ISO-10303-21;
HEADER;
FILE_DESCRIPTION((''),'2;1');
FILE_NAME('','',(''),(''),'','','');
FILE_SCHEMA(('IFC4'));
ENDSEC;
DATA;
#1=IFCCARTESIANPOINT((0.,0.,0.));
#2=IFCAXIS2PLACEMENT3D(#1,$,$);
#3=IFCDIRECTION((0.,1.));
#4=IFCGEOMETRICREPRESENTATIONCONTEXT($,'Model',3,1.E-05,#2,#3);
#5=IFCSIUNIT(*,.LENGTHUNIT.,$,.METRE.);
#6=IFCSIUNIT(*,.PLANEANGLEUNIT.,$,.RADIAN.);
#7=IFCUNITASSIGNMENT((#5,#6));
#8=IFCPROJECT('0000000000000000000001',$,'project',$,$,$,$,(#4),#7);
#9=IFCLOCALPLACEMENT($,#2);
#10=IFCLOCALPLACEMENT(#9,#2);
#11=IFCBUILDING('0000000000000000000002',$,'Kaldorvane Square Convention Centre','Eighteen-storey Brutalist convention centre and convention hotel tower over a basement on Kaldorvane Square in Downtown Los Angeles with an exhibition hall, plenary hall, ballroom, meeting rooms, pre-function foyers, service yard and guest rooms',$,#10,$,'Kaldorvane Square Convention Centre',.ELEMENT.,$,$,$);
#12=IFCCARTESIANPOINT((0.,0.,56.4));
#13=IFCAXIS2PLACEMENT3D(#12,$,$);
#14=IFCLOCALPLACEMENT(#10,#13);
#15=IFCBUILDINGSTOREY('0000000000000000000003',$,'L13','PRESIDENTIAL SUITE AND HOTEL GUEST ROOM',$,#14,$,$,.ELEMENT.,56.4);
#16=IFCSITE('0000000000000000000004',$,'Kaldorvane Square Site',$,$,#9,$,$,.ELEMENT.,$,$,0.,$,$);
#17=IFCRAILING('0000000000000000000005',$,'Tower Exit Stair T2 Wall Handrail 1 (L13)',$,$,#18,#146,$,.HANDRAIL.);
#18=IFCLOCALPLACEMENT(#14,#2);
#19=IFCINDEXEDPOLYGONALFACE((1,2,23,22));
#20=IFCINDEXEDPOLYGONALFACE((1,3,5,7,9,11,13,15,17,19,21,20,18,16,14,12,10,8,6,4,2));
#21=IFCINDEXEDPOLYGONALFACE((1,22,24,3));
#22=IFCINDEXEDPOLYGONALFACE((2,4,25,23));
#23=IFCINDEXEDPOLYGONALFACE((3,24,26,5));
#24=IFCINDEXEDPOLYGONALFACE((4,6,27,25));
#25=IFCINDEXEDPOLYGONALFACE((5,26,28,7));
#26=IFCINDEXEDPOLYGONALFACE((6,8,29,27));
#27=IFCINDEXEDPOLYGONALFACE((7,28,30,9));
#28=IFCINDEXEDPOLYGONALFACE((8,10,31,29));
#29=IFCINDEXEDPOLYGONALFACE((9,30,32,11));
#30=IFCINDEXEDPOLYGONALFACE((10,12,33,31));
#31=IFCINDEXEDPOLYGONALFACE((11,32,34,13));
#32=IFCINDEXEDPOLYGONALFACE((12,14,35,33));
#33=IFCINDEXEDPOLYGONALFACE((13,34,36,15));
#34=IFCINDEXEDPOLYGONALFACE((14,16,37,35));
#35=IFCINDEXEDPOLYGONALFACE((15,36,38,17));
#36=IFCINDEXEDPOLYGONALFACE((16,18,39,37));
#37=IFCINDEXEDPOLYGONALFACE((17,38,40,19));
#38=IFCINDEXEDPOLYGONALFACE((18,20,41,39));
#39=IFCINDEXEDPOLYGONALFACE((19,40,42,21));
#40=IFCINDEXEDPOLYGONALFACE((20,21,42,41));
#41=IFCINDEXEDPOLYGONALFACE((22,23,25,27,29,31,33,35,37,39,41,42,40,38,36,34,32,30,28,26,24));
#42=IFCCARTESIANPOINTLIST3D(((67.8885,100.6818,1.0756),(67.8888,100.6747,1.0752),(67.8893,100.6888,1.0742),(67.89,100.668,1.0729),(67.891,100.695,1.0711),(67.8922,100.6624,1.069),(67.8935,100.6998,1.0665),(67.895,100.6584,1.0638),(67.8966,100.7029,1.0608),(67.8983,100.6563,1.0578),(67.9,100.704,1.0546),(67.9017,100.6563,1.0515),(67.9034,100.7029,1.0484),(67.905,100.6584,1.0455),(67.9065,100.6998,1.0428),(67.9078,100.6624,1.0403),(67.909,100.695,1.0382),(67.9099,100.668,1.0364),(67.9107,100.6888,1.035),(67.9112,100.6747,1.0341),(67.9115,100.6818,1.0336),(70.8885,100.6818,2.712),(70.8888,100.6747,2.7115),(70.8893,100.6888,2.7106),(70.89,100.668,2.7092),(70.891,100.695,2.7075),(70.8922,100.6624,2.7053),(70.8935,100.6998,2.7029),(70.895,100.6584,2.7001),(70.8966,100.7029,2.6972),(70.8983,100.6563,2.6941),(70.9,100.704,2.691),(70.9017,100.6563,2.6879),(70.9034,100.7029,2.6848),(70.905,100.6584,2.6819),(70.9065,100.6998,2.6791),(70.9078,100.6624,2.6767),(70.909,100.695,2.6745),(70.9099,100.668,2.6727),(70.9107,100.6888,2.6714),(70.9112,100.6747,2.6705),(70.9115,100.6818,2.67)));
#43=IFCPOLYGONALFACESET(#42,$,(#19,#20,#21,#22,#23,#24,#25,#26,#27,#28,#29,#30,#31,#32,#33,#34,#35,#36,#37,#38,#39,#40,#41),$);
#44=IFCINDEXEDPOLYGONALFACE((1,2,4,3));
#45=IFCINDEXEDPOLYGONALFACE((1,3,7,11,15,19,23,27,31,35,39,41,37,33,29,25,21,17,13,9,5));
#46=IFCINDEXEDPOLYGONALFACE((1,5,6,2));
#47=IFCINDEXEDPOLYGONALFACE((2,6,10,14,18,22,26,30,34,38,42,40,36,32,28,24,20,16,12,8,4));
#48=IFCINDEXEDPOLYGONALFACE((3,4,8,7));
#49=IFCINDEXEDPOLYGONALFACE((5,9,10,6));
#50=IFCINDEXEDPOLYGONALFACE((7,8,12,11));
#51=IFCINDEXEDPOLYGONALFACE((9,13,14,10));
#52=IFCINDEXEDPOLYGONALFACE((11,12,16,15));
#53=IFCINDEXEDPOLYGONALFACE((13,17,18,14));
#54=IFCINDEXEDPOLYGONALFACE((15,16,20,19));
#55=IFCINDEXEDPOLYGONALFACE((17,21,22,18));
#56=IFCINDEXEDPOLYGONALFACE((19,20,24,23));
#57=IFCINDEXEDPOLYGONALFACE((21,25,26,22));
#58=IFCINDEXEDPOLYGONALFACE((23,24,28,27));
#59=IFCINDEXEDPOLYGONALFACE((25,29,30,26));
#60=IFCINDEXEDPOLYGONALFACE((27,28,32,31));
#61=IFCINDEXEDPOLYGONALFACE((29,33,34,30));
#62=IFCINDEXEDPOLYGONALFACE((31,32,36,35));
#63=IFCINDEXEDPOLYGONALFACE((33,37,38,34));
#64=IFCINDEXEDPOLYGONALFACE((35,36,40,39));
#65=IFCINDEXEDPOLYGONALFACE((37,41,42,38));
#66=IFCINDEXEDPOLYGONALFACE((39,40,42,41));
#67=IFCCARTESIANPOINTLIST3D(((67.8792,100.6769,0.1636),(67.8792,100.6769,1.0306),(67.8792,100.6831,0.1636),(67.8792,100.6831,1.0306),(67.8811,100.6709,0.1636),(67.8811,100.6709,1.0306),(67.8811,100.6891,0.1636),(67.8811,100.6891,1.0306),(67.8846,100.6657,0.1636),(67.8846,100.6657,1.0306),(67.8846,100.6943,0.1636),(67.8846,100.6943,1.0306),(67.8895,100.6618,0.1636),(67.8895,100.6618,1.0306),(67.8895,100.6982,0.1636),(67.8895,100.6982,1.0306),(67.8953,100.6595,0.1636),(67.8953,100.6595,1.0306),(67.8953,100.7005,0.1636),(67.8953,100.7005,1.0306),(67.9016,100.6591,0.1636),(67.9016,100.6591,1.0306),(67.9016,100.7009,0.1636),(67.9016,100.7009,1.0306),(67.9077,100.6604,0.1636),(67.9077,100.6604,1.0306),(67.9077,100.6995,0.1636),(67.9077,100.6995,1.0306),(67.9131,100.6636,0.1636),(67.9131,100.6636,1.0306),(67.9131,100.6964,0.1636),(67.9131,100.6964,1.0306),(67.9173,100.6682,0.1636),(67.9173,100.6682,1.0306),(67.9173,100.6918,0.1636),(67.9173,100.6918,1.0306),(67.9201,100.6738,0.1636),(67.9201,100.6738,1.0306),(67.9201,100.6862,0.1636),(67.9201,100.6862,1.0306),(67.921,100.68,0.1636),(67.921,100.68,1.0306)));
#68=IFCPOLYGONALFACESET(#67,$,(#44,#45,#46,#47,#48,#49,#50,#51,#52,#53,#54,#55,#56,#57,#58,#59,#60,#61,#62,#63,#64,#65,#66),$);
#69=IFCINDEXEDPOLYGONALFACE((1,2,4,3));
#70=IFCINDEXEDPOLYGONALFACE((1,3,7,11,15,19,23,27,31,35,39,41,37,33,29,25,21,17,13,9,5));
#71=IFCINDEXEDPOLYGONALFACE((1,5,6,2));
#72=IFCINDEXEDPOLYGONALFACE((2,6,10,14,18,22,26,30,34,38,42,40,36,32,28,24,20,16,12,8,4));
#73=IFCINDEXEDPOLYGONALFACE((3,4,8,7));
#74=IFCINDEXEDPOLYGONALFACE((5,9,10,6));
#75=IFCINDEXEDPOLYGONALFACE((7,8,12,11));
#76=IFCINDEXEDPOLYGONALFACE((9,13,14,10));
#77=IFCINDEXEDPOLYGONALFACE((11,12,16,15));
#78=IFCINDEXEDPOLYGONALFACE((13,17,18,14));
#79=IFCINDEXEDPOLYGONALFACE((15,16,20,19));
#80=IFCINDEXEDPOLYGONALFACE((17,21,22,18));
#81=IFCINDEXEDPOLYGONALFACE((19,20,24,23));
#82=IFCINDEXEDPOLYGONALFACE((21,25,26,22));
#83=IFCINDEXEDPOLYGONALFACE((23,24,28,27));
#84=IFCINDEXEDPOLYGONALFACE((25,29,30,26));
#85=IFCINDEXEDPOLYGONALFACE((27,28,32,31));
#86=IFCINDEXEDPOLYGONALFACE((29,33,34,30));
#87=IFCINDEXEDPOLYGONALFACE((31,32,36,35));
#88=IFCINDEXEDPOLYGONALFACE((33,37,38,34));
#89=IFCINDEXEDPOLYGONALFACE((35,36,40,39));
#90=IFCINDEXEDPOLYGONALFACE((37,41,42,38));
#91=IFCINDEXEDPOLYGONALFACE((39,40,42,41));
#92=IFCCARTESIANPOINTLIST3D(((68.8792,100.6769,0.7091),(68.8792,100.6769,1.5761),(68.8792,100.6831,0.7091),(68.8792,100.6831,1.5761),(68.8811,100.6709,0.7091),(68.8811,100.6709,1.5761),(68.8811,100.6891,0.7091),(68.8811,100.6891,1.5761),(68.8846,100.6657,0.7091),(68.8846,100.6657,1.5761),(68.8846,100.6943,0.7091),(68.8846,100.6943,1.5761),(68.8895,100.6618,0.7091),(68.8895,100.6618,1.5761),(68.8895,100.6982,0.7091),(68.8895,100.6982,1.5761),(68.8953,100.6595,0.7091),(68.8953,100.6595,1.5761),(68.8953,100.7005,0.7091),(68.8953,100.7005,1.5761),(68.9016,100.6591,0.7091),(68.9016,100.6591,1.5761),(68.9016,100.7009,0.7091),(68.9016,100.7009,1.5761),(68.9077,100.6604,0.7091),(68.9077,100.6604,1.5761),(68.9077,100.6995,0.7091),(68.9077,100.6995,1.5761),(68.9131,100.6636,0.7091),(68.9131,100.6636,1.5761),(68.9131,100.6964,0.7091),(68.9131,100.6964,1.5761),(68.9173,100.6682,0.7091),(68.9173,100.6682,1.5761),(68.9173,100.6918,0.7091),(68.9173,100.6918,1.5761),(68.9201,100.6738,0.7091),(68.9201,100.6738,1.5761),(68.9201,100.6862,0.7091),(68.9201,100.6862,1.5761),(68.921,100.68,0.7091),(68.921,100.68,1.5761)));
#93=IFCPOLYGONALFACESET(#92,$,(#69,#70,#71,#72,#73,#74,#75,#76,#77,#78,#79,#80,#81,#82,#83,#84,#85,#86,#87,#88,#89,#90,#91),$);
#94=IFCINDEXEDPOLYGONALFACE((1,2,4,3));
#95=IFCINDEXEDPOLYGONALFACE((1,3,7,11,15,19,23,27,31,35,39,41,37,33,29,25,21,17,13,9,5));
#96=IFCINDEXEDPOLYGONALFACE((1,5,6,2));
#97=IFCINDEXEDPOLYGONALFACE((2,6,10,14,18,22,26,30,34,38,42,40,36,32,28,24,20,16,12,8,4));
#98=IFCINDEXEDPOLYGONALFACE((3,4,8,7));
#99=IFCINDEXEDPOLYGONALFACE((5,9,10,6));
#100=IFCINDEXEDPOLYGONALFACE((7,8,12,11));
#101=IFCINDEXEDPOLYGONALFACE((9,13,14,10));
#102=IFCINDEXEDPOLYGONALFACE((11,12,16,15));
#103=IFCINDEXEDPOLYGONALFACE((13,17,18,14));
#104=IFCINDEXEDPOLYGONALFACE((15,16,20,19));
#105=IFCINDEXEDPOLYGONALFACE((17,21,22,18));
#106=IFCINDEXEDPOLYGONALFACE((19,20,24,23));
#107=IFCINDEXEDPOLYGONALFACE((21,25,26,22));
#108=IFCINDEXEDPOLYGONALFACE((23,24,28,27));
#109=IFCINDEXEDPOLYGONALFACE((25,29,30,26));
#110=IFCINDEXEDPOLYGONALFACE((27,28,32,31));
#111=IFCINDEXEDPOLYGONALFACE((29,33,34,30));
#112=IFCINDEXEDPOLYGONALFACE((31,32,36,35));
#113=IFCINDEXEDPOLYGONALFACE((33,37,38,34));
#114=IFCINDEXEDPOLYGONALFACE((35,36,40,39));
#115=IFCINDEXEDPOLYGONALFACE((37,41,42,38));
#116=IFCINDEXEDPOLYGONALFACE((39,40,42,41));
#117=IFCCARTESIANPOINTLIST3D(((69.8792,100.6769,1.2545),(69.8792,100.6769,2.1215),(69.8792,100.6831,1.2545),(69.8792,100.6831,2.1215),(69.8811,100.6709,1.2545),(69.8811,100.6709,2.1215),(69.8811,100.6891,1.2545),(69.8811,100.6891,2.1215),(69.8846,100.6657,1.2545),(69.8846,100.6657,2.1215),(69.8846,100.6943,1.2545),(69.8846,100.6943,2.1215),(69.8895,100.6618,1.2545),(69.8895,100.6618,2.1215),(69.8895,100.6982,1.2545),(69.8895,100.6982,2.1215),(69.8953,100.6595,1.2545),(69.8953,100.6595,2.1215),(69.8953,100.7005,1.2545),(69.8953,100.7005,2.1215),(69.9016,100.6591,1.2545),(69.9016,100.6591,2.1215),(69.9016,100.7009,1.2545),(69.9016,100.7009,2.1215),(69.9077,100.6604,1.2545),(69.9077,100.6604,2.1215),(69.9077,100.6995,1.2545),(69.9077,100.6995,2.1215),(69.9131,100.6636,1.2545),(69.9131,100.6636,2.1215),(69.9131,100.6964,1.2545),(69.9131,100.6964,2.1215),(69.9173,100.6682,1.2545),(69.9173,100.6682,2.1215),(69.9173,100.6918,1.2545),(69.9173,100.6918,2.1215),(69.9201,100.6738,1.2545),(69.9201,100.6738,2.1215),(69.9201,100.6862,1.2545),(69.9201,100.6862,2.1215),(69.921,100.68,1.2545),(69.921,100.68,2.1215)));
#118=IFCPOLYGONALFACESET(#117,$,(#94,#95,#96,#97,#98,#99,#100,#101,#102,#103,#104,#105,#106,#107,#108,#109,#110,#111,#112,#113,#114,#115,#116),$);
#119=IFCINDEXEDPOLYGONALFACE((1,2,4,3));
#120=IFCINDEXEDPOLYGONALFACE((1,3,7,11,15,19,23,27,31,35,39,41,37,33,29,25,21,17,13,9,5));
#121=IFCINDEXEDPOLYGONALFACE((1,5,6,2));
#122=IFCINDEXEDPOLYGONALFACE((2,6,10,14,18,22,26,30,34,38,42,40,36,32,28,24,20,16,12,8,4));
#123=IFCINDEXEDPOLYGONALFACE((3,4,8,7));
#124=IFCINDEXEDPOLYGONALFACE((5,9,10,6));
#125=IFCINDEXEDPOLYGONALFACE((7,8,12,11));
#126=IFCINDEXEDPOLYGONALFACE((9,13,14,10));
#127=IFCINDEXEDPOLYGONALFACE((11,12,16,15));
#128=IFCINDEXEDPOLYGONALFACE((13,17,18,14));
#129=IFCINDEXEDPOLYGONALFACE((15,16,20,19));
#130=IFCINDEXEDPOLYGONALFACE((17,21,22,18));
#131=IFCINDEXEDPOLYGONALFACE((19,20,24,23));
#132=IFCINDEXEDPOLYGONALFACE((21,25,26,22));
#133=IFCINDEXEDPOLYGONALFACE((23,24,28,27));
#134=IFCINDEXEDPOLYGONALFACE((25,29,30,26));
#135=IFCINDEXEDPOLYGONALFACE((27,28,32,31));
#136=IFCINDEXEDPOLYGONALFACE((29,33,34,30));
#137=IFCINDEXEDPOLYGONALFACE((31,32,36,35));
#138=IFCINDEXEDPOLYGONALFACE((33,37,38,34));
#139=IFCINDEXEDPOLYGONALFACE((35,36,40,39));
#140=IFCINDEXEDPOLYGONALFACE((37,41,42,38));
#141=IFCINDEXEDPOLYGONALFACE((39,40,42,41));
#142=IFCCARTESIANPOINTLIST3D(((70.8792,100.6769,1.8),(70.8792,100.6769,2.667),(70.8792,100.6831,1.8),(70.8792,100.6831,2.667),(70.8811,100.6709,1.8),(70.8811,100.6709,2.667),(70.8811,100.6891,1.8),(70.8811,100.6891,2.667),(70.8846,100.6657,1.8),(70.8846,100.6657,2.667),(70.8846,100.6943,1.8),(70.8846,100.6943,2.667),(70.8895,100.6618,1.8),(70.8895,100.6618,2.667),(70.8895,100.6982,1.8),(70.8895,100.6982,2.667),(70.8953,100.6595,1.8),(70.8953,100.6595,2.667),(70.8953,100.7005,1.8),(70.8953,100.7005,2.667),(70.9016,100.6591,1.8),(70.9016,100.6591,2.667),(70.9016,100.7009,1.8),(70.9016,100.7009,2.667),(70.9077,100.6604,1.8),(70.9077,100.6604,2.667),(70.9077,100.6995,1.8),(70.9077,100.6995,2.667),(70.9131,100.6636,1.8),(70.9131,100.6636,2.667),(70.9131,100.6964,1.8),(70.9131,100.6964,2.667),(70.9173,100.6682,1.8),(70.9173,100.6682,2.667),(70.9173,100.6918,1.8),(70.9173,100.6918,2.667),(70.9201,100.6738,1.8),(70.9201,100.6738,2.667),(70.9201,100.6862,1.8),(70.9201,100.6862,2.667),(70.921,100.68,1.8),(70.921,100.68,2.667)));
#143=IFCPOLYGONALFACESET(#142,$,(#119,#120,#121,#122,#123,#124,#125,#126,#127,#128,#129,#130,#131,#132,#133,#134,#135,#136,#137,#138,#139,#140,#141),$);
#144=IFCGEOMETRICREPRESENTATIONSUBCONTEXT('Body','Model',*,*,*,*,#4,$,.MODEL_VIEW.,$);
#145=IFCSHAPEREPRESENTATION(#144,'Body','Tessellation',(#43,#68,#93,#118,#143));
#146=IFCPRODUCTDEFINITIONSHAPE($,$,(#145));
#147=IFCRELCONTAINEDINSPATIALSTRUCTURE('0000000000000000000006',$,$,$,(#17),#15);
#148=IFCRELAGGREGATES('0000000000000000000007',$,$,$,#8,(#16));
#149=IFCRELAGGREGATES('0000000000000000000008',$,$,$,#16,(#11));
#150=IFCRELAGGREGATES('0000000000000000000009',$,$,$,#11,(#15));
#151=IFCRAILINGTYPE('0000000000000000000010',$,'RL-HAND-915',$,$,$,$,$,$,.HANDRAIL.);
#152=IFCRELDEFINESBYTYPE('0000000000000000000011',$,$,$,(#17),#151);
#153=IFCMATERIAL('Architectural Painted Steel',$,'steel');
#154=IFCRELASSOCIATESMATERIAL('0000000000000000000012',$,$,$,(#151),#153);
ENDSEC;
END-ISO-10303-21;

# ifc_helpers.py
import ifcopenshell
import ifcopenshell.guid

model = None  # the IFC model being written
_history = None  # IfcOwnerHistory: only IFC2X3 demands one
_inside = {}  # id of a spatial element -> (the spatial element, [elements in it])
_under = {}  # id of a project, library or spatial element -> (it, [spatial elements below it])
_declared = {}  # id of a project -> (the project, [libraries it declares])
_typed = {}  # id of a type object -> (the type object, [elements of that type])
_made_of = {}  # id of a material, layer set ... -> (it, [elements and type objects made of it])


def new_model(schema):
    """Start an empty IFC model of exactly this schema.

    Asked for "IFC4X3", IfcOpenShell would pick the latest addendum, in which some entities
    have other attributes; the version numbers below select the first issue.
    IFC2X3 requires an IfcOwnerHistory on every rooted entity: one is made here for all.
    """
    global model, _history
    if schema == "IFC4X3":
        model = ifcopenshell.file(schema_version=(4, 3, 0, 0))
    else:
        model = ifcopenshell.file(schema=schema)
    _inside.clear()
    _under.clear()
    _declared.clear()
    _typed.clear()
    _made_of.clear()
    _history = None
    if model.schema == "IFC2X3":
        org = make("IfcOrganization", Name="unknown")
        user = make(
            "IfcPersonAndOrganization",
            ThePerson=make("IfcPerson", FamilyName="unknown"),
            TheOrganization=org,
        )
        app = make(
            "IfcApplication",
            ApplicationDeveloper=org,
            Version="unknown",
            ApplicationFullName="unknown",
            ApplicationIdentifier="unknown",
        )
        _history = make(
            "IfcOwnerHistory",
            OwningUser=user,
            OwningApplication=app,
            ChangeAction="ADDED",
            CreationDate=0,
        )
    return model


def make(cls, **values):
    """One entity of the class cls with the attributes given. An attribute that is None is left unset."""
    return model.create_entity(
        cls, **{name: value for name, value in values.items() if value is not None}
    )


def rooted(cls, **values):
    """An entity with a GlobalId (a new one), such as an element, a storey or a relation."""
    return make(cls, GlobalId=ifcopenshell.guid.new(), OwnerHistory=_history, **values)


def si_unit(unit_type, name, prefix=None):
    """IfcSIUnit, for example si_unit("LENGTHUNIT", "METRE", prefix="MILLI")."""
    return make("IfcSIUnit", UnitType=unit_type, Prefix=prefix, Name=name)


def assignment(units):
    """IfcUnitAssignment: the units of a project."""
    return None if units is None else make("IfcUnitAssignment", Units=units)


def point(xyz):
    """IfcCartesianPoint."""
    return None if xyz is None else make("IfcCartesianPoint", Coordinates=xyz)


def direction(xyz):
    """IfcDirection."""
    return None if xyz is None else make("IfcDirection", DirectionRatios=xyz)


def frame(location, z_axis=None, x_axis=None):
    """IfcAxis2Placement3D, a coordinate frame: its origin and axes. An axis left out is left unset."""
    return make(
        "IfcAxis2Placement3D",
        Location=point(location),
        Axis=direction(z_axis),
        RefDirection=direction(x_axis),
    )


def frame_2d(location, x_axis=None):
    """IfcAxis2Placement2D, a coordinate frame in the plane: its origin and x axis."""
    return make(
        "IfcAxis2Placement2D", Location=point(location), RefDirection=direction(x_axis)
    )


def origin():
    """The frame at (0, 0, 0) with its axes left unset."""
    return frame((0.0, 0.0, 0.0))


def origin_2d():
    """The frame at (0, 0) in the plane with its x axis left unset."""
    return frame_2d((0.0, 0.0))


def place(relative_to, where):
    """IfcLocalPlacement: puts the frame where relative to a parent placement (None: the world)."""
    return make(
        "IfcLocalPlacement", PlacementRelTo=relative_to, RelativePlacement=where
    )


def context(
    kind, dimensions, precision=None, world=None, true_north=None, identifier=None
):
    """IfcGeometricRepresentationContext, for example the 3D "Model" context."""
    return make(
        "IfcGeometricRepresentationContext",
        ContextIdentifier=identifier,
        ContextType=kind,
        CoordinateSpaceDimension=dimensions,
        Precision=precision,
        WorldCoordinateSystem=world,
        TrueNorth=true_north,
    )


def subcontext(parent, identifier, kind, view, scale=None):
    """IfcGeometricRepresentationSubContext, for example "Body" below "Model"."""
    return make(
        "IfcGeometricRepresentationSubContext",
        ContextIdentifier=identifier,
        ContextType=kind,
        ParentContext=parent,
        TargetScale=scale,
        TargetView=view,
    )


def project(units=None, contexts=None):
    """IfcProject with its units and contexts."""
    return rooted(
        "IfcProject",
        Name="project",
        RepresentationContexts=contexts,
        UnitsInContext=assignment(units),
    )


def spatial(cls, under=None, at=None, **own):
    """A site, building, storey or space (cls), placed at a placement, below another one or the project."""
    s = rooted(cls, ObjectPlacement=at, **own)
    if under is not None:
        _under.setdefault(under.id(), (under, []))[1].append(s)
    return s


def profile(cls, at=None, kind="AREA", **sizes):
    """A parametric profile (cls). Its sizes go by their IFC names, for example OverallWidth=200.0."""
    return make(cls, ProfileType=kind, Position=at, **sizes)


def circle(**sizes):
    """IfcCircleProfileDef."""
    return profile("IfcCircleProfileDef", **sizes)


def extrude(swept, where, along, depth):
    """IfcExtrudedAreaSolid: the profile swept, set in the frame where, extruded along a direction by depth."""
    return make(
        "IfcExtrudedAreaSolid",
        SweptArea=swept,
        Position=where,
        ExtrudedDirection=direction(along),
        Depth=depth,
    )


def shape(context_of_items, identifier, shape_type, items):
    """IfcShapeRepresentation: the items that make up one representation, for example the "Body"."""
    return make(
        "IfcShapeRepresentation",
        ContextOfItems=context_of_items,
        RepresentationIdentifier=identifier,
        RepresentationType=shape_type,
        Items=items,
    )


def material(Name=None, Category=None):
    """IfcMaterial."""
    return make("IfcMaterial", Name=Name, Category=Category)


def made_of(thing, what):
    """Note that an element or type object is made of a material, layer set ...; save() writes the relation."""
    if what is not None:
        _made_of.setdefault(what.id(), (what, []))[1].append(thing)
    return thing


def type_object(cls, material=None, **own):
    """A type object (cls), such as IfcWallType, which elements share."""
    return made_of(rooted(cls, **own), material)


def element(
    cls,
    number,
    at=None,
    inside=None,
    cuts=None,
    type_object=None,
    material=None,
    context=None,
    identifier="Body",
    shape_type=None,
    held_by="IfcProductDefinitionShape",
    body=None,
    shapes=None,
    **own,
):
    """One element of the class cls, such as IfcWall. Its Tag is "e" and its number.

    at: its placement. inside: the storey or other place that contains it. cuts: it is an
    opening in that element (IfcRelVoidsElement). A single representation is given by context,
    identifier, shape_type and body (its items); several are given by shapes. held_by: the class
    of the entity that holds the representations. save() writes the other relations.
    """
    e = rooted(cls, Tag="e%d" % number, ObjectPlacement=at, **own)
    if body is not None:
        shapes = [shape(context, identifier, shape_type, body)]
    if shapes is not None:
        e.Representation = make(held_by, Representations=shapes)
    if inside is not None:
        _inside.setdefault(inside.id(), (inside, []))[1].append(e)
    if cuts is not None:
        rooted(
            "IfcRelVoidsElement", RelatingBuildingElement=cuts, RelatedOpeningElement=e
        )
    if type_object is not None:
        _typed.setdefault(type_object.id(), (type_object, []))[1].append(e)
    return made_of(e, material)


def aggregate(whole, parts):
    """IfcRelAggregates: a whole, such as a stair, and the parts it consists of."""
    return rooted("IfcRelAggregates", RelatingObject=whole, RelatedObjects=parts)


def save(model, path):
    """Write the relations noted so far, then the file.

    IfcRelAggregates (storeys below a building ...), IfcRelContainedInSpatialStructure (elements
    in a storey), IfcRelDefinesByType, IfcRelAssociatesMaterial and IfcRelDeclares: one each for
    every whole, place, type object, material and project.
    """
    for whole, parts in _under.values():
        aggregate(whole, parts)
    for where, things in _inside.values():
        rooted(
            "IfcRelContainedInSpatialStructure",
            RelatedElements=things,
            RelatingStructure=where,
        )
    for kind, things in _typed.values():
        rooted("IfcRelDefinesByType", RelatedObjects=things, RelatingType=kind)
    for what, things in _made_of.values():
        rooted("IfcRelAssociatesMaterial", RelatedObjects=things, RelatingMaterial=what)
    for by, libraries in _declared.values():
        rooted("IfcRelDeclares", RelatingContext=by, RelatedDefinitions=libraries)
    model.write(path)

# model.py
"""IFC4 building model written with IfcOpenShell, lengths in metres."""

from ifc_helpers import new_model, si_unit, direction, frame, origin, origin_2d, place, context, subcontext, project, spatial, circle, extrude, material, type_object, element, save


model = new_model("IFC4")

# Units and contexts
model_context = context("Model", 3, precision=1e-05, world=origin(), true_north=direction((0.0, 1.0)))
body_context = subcontext(model_context, "Body", "Model", "MODEL_VIEW")
ifc_project = project(units=[si_unit("LENGTHUNIT", "METRE"), si_unit("PLANEANGLEUNIT", "RADIAN")], contexts=[model_context])

# Site, building, storey
site_placement = place(None, origin())
site = spatial("IfcSite", under=ifc_project, at=site_placement, Name="Kaldorvane Square Site", CompositionType="ELEMENT", RefElevation=0.0)
building_placement = place(site_placement, origin())
building = spatial("IfcBuilding", under=site, at=building_placement, Name="Kaldorvane Square Convention Centre", Description="Eighteen-storey Brutalist convention centre and convention hotel tower over a basement on Kaldorvane Square in Downtown Los Angeles with an exhibition hall, plenary hall, ballroom, meeting rooms, pre-function foyers, service yard and guest rooms", LongName="Kaldorvane Square Convention Centre", CompositionType="ELEMENT")
storey_placement = place(building_placement, frame((0.0, 0.0, 56.4)))
storey = spatial("IfcBuildingStorey", under=building, at=storey_placement, Name="L13", Description="PRESIDENTIAL SUITE AND HOTEL GUEST ROOM", CompositionType="ELEMENT", Elevation=56.4)

# Railing
ifc_material_1 = material(Name="Architectural Painted Steel", Category="steel")
railing_type_1 = type_object("IfcRailingType", Name="RL-HAND-915", PredefinedType="HANDRAIL", material=ifc_material_1)
railing_1_placement = place(storey_placement, frame((67.9, 100.68, 0.1636)))
element("IfcRailing", 1, at=railing_1_placement, inside=storey, type_object=railing_type_1, Name="Tower Exit Stair T2 Wall Handrail 1 (L13)", PredefinedType="HANDRAIL", context=body_context, shape_type="SweptSolid", body=[
    extrude(circle(Radius=0.024, at=origin_2d()), frame((0.0, 0.0, 0.891), z_axis=(0.877895, 0.0, 0.478853), x_axis=(0.0, 1.0, 0.0)), (0.0, 0.0, 1.0), 3.4173),
    extrude(circle(Radius=0.021, at=origin_2d()), origin(), (0.0, 0.0, 1.0), 0.867),
    extrude(circle(Radius=0.021, at=origin_2d()), frame((1.0, 0.0, 0.5455)), (0.0, 0.0, 1.0), 0.867),
    extrude(circle(Radius=0.021, at=origin_2d()), frame((2.0, 0.0, 1.0909)), (0.0, 0.0, 1.0), 0.867),
    extrude(circle(Radius=0.021, at=origin_2d()), frame((3.0, 0.0, 1.6364)), (0.0, 0.0, 1.0), 0.867),
])

save(model, "model.ifc")
